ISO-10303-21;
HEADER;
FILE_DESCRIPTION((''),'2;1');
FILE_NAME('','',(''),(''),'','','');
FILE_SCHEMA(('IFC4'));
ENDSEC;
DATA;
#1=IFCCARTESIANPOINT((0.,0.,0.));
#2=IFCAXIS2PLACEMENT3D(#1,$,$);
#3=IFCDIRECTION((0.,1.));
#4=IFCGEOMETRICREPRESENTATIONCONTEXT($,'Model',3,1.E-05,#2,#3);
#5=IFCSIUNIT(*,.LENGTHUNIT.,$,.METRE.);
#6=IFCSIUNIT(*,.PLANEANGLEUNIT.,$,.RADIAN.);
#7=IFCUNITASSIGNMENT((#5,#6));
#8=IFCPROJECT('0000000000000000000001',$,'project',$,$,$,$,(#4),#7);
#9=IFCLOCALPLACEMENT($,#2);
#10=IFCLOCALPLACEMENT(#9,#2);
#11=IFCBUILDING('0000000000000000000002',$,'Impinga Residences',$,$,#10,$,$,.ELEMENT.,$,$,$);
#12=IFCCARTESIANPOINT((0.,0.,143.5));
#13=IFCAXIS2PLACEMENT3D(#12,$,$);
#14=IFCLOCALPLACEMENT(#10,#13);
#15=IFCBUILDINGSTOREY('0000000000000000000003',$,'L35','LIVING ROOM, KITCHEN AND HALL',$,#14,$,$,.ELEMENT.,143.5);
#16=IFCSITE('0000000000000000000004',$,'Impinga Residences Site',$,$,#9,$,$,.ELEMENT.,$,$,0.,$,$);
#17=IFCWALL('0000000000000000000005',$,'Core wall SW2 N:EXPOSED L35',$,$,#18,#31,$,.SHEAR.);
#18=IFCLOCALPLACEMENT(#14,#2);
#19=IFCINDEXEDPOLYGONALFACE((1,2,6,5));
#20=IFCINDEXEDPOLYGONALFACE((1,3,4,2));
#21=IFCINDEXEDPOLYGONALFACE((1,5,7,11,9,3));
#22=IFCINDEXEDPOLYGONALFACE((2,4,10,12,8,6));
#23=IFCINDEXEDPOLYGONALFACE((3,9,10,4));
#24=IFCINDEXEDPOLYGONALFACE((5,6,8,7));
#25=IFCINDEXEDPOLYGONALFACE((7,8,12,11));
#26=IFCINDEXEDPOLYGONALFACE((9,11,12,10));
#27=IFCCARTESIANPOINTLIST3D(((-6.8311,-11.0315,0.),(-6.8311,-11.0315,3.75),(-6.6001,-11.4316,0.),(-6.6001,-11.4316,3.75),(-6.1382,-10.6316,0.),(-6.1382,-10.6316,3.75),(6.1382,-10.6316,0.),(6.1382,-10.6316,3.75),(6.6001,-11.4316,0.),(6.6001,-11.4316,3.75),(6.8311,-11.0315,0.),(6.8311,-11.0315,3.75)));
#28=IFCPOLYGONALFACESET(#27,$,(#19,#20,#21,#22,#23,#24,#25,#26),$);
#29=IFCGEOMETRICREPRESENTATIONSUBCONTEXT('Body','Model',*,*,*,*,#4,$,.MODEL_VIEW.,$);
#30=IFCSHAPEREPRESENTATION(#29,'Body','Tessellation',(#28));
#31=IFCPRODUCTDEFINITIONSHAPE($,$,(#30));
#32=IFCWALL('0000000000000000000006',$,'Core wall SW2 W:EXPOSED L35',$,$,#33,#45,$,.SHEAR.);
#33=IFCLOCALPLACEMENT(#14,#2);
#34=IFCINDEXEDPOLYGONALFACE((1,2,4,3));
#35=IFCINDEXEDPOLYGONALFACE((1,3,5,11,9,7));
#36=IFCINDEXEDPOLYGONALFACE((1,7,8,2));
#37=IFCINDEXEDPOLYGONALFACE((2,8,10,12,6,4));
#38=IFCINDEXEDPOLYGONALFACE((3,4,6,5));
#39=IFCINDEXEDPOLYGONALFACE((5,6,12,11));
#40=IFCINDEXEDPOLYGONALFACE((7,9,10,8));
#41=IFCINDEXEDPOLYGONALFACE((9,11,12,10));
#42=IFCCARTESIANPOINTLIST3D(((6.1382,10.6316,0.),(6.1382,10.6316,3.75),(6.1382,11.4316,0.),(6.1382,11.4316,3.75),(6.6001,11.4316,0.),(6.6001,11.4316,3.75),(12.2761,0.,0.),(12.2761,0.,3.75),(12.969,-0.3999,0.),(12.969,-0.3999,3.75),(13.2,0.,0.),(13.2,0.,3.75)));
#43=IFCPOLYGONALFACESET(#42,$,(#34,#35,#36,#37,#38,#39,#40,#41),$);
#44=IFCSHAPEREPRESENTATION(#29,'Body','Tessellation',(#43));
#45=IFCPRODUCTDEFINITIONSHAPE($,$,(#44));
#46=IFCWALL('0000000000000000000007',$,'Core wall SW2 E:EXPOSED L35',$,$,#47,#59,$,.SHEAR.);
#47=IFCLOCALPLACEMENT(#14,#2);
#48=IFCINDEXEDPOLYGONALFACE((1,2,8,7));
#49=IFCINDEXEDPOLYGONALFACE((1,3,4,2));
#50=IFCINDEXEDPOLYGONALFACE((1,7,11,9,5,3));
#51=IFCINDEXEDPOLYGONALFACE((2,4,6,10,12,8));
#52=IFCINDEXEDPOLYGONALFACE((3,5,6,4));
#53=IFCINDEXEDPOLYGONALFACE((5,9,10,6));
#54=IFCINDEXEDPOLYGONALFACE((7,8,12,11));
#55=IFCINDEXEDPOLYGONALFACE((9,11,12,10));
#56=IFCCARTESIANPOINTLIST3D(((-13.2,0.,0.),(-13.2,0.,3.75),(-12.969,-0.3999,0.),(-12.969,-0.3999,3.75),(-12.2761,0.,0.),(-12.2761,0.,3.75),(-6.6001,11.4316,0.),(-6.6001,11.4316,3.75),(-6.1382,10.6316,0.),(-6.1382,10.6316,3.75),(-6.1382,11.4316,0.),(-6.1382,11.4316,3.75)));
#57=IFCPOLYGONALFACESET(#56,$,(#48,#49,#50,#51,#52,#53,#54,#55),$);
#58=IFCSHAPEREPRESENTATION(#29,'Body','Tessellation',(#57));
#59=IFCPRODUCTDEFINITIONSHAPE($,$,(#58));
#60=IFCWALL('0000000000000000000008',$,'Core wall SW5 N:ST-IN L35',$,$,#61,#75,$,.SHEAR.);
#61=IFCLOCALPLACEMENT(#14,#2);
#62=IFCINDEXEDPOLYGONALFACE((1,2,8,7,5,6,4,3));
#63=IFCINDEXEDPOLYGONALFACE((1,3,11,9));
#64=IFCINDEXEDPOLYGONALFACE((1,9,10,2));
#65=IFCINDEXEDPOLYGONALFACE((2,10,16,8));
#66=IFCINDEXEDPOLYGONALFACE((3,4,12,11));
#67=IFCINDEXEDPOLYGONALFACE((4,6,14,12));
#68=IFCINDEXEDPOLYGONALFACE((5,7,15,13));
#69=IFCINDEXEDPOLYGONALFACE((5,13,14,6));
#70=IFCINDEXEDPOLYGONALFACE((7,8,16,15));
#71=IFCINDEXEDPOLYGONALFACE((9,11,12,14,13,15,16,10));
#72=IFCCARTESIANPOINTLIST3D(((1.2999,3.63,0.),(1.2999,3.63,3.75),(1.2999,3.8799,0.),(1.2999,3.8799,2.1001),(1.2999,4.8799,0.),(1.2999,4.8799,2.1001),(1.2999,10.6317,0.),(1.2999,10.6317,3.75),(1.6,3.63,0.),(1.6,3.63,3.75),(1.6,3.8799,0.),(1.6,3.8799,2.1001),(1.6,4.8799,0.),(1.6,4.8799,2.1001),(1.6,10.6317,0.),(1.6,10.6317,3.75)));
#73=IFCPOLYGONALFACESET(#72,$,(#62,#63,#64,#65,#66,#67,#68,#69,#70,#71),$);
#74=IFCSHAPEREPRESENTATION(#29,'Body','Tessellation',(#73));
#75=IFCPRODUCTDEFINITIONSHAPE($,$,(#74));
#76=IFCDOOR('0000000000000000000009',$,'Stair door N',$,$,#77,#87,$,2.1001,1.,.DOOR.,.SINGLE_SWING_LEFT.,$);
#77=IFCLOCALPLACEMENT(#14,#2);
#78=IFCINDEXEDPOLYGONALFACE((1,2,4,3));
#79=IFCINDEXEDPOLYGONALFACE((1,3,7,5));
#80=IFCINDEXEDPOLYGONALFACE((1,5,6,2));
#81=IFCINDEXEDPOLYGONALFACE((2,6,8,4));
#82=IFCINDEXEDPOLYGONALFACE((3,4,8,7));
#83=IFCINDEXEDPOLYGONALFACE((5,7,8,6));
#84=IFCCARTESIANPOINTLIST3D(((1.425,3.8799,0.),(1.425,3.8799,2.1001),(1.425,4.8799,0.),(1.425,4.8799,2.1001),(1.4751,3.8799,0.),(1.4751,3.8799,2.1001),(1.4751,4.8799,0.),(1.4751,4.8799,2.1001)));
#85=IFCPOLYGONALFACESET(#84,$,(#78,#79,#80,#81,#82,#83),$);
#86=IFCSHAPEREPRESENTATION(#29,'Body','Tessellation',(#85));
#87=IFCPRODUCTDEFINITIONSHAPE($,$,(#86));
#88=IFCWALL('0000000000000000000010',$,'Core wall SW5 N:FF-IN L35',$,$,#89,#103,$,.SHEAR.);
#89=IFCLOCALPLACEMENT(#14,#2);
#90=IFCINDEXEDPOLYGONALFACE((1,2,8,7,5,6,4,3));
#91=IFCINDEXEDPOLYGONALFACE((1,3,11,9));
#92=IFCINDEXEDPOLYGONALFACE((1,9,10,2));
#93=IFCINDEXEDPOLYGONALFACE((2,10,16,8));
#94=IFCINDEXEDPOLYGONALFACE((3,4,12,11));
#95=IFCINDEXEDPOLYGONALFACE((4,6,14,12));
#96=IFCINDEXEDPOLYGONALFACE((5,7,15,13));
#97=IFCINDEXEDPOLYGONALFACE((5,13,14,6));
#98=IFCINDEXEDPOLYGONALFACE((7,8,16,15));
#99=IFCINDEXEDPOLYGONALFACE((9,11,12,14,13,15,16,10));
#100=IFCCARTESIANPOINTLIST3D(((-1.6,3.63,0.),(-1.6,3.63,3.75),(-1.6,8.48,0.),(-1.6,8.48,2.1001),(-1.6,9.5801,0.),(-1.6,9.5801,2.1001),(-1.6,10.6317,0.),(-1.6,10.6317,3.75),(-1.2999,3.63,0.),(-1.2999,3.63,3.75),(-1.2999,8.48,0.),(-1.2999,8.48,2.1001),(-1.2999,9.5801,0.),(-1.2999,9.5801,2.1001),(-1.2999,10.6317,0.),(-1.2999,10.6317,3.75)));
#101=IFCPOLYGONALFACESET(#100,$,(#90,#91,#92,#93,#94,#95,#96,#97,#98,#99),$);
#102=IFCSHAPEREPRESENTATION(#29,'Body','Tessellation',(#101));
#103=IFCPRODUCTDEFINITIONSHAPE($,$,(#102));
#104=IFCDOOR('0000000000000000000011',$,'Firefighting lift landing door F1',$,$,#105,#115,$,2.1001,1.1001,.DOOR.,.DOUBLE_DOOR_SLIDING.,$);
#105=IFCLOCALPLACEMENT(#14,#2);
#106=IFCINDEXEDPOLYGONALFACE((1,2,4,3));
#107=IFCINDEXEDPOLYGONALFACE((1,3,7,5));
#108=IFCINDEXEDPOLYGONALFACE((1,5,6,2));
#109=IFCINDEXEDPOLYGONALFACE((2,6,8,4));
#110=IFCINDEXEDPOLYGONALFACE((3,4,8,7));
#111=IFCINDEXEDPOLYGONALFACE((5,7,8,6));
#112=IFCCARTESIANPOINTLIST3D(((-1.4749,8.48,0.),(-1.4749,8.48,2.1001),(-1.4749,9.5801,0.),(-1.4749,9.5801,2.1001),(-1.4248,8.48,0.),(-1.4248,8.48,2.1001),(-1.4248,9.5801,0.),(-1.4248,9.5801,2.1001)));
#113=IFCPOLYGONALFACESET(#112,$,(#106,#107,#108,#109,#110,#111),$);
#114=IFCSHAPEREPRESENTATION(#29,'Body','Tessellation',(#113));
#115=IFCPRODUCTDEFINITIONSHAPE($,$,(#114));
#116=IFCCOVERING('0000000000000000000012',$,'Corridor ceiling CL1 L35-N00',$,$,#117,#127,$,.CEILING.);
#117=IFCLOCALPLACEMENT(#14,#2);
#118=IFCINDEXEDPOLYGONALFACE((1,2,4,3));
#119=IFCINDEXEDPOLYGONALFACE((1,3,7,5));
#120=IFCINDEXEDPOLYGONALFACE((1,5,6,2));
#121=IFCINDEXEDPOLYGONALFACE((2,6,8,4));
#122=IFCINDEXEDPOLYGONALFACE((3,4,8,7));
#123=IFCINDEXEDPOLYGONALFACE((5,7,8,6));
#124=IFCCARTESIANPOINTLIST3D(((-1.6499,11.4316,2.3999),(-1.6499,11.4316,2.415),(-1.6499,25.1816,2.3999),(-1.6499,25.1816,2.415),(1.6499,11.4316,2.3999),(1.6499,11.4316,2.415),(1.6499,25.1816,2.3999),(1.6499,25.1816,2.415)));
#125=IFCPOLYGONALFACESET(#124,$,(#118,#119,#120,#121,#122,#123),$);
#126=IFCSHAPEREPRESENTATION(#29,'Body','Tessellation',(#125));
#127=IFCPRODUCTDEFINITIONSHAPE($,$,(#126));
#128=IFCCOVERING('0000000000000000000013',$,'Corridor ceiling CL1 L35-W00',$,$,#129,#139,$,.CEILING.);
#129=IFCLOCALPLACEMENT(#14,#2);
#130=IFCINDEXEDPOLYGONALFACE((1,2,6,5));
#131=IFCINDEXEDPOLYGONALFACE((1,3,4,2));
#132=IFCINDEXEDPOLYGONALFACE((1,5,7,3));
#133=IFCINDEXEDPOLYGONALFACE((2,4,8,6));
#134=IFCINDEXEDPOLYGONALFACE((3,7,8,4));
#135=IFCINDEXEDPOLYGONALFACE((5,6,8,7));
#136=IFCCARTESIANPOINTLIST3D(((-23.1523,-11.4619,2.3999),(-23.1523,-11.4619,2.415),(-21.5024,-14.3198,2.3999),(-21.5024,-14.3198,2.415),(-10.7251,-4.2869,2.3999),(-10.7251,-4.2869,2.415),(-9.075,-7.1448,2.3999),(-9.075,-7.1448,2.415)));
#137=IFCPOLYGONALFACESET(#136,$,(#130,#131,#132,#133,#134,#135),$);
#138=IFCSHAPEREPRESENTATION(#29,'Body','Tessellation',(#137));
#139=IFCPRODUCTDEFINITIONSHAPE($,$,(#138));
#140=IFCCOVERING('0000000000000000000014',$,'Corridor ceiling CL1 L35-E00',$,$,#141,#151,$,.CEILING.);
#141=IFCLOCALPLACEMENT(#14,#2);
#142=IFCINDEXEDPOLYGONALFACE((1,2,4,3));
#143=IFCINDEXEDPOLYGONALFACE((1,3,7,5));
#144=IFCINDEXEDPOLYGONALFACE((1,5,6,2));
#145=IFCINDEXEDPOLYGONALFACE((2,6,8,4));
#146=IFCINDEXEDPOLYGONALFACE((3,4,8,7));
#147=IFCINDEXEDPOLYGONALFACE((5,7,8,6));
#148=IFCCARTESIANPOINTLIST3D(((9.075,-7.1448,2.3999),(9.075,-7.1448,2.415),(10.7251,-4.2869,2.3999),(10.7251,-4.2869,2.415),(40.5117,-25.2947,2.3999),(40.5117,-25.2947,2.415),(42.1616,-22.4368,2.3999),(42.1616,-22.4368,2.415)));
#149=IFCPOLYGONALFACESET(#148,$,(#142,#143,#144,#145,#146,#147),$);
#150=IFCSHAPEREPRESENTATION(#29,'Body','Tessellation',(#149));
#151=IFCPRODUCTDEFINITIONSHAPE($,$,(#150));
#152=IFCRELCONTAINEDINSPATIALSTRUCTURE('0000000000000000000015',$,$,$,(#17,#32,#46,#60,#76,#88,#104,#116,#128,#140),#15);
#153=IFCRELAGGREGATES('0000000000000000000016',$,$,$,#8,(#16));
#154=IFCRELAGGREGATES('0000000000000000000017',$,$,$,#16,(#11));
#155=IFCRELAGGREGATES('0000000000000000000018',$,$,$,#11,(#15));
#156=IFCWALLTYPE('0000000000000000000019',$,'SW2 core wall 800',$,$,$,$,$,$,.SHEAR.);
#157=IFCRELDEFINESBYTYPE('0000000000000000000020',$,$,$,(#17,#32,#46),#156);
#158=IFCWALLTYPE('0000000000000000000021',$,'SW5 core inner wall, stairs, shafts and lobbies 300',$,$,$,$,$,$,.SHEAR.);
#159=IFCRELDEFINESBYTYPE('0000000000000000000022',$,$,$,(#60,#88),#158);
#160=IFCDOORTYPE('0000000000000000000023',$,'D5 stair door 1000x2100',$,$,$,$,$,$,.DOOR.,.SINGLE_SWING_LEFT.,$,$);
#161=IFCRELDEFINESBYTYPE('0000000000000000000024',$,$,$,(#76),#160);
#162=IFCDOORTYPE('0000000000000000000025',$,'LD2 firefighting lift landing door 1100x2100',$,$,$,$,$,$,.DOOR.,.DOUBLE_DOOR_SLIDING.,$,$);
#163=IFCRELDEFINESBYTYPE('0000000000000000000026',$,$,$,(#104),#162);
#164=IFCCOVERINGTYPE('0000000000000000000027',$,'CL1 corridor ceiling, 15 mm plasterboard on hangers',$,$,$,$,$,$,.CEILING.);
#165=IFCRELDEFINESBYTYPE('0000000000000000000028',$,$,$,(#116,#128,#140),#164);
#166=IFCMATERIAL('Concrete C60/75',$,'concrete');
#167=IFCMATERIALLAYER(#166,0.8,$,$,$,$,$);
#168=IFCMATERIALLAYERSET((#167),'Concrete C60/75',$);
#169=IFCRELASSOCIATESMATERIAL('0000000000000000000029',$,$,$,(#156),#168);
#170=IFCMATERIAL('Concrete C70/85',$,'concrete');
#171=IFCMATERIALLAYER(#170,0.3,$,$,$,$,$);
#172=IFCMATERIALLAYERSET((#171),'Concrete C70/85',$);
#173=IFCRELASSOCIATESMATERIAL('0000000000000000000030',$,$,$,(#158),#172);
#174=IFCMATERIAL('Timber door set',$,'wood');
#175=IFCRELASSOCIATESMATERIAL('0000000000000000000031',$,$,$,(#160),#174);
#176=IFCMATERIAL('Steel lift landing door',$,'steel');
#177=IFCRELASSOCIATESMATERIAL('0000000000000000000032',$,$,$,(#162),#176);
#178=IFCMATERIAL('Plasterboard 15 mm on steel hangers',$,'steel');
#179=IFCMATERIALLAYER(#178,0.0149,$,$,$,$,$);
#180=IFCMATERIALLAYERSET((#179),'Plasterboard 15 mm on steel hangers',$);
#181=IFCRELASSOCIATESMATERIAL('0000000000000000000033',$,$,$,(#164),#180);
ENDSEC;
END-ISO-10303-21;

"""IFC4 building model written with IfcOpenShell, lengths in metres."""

from ifc_helpers import new_model, si_unit, direction, frame, frame_2d, origin, place, context, subcontext, project, spatial, polyline, rectangle, outline, extrude, material, layer, layer_set, type_object, element, fill, save


model = new_model("IFC4")

# Units and contexts
model_context = context("Model", 3, precision=1e-05, world=origin(), true_north=direction((0.0, 1.0)))
body_context = subcontext(model_context, "Body", "Model", "MODEL_VIEW")
ifc_project = project(units=[si_unit("LENGTHUNIT", "METRE"), si_unit("PLANEANGLEUNIT", "RADIAN")], contexts=[model_context])

# Site, building, storey
site_placement = place(None, origin())
site = spatial("IfcSite", under=ifc_project, at=site_placement, Name="Impinga Residences Site", CompositionType="ELEMENT", RefElevation=0.0)
building_placement = place(site_placement, origin())
building = spatial("IfcBuilding", under=site, at=building_placement, Name="Impinga Residences", CompositionType="ELEMENT")
storey_placement = place(building_placement, frame((0.0, 0.0, 143.5)))
storey = spatial("IfcBuildingStorey", under=building, at=storey_placement, Name="L35", Description="LIVING ROOM, KITCHEN AND HALL", CompositionType="ELEMENT", Elevation=143.5)

# Shared definitions
ifc_material_1 = material(Name="Concrete C60/75", Category="concrete")

# Shared definitions
ifc_material_2 = material(Name="Timber door set", Category="wood")

# Walls
ifc_layer_1 = layer(ifc_material_1, 0.8)
ifc_layer_set_1 = layer_set([ifc_layer_1], Name="Concrete C60/75")
wall_type_1 = type_object("IfcWallType", Name="SW2 core wall 800", PredefinedType="SHEAR", material=ifc_layer_set_1)
wall_1_placement = place(storey_placement, origin())
element("IfcWall", 1, at=wall_1_placement, inside=storey, type_object=wall_type_1, Name="Core wall SW2 N:EXPOSED L35", PredefinedType="SHEAR", context=body_context, shape_type="SweptSolid", body=[
    extrude(outline(polyline([(-6.6001, -11.4316), (6.6001, -11.4316), (6.8311, -11.0315), (6.1382, -10.6316), (-6.1382, -10.6316), (-6.8311, -11.0315), (-6.6001, -11.4316)])), origin(), (0.0, 0.0, 1.0), 3.75),
])
wall_2_placement = place(storey_placement, origin())
element("IfcWall", 2, at=wall_2_placement, inside=storey, type_object=wall_type_1, Name="Core wall SW2 W:EXPOSED L35", PredefinedType="SHEAR", context=body_context, shape_type="SweptSolid", body=[
    extrude(outline(polyline([(13.2, 0.0), (6.6001, 11.4316), (6.1382, 11.4316), (6.1382, 10.6316), (12.2761, 0.0), (12.969, -0.3999), (13.2, 0.0)])), origin(), (0.0, 0.0, 1.0), 3.75),
])
wall_3_placement = place(storey_placement, origin())
element("IfcWall", 3, at=wall_3_placement, inside=storey, type_object=wall_type_1, Name="Core wall SW2 E:EXPOSED L35", PredefinedType="SHEAR", context=body_context, shape_type="SweptSolid", body=[
    extrude(outline(polyline([(-6.6001, 11.4316), (-13.2, 0.0), (-12.969, -0.3999), (-12.2761, 0.0), (-6.1382, 10.6316), (-6.1382, 11.4316), (-6.6001, 11.4316)])), origin(), (0.0, 0.0, 1.0), 3.75),
])

# Walls, openings, doors
ifc_material_3 = material(Name="Concrete C70/85", Category="concrete")
ifc_layer_2 = layer(ifc_material_3, 0.3)
ifc_layer_set_2 = layer_set([ifc_layer_2], Name="Concrete C70/85")
wall_type_2 = type_object("IfcWallType", Name="SW5 core inner wall, stairs, shafts and lobbies 300", PredefinedType="SHEAR", material=ifc_layer_set_2)
wall_4_placement = place(storey_placement, frame((1.45, 3.6299, 0.0), z_axis=(0.0, 0.0, 1.0), x_axis=(0.0, 1.0, 0.0)))
wall_4 = element("IfcWall", 4, at=wall_4_placement, inside=storey, type_object=wall_type_2, Name="Core wall SW5 N:ST-IN L35", PredefinedType="SHEAR", context=body_context, shape_type="SweptSolid", body=[
    extrude(rectangle(XDim=7.0017, YDim=0.3, at=frame_2d((3.501, 0.0))), origin(), (0.0, 0.0, 1.0), 3.75),
])
opening_1_placement = place(wall_4_placement, frame((0.25, 0.0, 0.0)))
opening_1 = element("IfcOpeningElement", 5, at=opening_1_placement, cuts=wall_4, PredefinedType="OPENING", context=body_context, shape_type="SweptSolid", body=[
    extrude(rectangle(XDim=1.0, YDim=2.1001, at=frame_2d((0.5, 1.05))), frame((0.0, 0.1599, 0.0), z_axis=(0.0, -1.0, 0.0), x_axis=(1.0, 0.0, 0.0)), (0.0, 0.0, 1.0), 0.3201),
])
door_type_1 = type_object("IfcDoorType", Name="D5 stair door 1000x2100", OperationType="SINGLE_SWING_LEFT", PredefinedType="DOOR", material=ifc_material_2)
door_1_placement = place(opening_1_placement, origin())
door_1 = element("IfcDoor", 6, at=door_1_placement, inside=storey, type_object=door_type_1, Name="Stair door N", OperationType="SINGLE_SWING_LEFT", OverallHeight=2.1001, OverallWidth=1.0, PredefinedType="DOOR", context=body_context, shape_type="SweptSolid", body=[
    extrude(rectangle(XDim=1.0, YDim=2.1001, at=frame_2d((0.5, 1.05))), frame((0.0, 0.0249, 0.0), z_axis=(0.0, -1.0, 0.0), x_axis=(1.0, 0.0, 0.0)), (0.0, 0.0, 1.0), 0.05),
])
fill(opening_1, door_1)
wall_5_placement = place(storey_placement, frame((-1.45, 3.6299, 0.0), z_axis=(0.0, 0.0, 1.0), x_axis=(0.0, 1.0, 0.0)))
wall_5 = element("IfcWall", 7, at=wall_5_placement, inside=storey, type_object=wall_type_2, Name="Core wall SW5 N:FF-IN L35", PredefinedType="SHEAR", context=body_context, shape_type="SweptSolid", body=[
    extrude(rectangle(XDim=7.0017, YDim=0.3, at=frame_2d((3.501, 0.0))), origin(), (0.0, 0.0, 1.0), 3.75),
])
opening_2_placement = place(wall_5_placement, frame((4.8501, 0.0, 0.0)))
opening_2 = element("IfcOpeningElement", 8, at=opening_2_placement, cuts=wall_5, PredefinedType="OPENING", context=body_context, shape_type="SweptSolid", body=[
    extrude(rectangle(XDim=1.1001, YDim=2.1001, at=frame_2d((0.55, 1.05))), frame((0.0, 0.1599, 0.0), z_axis=(0.0, -1.0, 0.0), x_axis=(1.0, 0.0, 0.0)), (0.0, 0.0, 1.0), 0.3201),
])
ifc_material_4 = material(Name="Steel lift landing door", Category="steel")
door_type_2 = type_object("IfcDoorType", Name="LD2 firefighting lift landing door 1100x2100", OperationType="DOUBLE_DOOR_SLIDING", PredefinedType="DOOR", material=ifc_material_4)
door_2_placement = place(opening_2_placement, origin())
door_2 = element("IfcDoor", 9, at=door_2_placement, inside=storey, type_object=door_type_2, Name="Firefighting lift landing door F1", OperationType="DOUBLE_DOOR_SLIDING", OverallHeight=2.1001, OverallWidth=1.1001, PredefinedType="DOOR", context=body_context, shape_type="SweptSolid", body=[
    extrude(rectangle(XDim=1.1001, YDim=2.1001, at=frame_2d((0.55, 1.05))), frame((0.0, 0.0249, 0.0), z_axis=(0.0, -1.0, 0.0), x_axis=(1.0, 0.0, 0.0)), (0.0, 0.0, 1.0), 0.05),
])
fill(opening_2, door_2)

# Coverings
ifc_material_5 = material(Name="Plasterboard 15 mm on steel hangers", Category="steel")
ifc_layer_3 = layer(ifc_material_5, 0.0149)
ifc_layer_set_3 = layer_set([ifc_layer_3], Name="Plasterboard 15 mm on steel hangers")
covering_type_1 = type_object("IfcCoveringType", Name="CL1 corridor ceiling, 15 mm plasterboard on hangers", PredefinedType="CEILING", material=ifc_layer_set_3)
covering_1_placement = place(storey_placement, frame((0.0, 0.0, 2.3999)))
element("IfcCovering", 10, at=covering_1_placement, inside=storey, type_object=covering_type_1, Name="Corridor ceiling CL1 L35-N00", PredefinedType="CEILING", context=body_context, shape_type="SweptSolid", body=[
    extrude(outline(polyline([(-1.6499, 11.4316), (1.6499, 11.4316), (1.6499, 25.1816), (-1.6499, 25.1816), (-1.6499, 11.4316)])), origin(), (0.0, 0.0, 1.0), 0.0151),
])
covering_2_placement = place(storey_placement, frame((0.0, 0.0, 2.3999)))
element("IfcCovering", 11, at=covering_2_placement, inside=storey, type_object=covering_type_1, Name="Corridor ceiling CL1 L35-W00", PredefinedType="CEILING", context=body_context, shape_type="SweptSolid", body=[
    extrude(outline(polyline([(-9.075, -7.1448), (-10.7251, -4.2869), (-23.1523, -11.4619), (-21.5024, -14.3198), (-9.075, -7.1448)])), origin(), (0.0, 0.0, 1.0), 0.0151),
])
covering_3_placement = place(storey_placement, frame((0.0, 0.0, 2.3999)))
element("IfcCovering", 12, at=covering_3_placement, inside=storey, type_object=covering_type_1, Name="Corridor ceiling CL1 L35-E00", PredefinedType="CEILING", context=body_context, shape_type="SweptSolid", body=[
    extrude(outline(polyline([(10.7251, -4.2869), (9.075, -7.1448), (40.5117, -25.2947), (42.1616, -22.4368), (10.7251, -4.2869)])), origin(), (0.0, 0.0, 1.0), 0.0151),
])

save(model, "model.ifc")
